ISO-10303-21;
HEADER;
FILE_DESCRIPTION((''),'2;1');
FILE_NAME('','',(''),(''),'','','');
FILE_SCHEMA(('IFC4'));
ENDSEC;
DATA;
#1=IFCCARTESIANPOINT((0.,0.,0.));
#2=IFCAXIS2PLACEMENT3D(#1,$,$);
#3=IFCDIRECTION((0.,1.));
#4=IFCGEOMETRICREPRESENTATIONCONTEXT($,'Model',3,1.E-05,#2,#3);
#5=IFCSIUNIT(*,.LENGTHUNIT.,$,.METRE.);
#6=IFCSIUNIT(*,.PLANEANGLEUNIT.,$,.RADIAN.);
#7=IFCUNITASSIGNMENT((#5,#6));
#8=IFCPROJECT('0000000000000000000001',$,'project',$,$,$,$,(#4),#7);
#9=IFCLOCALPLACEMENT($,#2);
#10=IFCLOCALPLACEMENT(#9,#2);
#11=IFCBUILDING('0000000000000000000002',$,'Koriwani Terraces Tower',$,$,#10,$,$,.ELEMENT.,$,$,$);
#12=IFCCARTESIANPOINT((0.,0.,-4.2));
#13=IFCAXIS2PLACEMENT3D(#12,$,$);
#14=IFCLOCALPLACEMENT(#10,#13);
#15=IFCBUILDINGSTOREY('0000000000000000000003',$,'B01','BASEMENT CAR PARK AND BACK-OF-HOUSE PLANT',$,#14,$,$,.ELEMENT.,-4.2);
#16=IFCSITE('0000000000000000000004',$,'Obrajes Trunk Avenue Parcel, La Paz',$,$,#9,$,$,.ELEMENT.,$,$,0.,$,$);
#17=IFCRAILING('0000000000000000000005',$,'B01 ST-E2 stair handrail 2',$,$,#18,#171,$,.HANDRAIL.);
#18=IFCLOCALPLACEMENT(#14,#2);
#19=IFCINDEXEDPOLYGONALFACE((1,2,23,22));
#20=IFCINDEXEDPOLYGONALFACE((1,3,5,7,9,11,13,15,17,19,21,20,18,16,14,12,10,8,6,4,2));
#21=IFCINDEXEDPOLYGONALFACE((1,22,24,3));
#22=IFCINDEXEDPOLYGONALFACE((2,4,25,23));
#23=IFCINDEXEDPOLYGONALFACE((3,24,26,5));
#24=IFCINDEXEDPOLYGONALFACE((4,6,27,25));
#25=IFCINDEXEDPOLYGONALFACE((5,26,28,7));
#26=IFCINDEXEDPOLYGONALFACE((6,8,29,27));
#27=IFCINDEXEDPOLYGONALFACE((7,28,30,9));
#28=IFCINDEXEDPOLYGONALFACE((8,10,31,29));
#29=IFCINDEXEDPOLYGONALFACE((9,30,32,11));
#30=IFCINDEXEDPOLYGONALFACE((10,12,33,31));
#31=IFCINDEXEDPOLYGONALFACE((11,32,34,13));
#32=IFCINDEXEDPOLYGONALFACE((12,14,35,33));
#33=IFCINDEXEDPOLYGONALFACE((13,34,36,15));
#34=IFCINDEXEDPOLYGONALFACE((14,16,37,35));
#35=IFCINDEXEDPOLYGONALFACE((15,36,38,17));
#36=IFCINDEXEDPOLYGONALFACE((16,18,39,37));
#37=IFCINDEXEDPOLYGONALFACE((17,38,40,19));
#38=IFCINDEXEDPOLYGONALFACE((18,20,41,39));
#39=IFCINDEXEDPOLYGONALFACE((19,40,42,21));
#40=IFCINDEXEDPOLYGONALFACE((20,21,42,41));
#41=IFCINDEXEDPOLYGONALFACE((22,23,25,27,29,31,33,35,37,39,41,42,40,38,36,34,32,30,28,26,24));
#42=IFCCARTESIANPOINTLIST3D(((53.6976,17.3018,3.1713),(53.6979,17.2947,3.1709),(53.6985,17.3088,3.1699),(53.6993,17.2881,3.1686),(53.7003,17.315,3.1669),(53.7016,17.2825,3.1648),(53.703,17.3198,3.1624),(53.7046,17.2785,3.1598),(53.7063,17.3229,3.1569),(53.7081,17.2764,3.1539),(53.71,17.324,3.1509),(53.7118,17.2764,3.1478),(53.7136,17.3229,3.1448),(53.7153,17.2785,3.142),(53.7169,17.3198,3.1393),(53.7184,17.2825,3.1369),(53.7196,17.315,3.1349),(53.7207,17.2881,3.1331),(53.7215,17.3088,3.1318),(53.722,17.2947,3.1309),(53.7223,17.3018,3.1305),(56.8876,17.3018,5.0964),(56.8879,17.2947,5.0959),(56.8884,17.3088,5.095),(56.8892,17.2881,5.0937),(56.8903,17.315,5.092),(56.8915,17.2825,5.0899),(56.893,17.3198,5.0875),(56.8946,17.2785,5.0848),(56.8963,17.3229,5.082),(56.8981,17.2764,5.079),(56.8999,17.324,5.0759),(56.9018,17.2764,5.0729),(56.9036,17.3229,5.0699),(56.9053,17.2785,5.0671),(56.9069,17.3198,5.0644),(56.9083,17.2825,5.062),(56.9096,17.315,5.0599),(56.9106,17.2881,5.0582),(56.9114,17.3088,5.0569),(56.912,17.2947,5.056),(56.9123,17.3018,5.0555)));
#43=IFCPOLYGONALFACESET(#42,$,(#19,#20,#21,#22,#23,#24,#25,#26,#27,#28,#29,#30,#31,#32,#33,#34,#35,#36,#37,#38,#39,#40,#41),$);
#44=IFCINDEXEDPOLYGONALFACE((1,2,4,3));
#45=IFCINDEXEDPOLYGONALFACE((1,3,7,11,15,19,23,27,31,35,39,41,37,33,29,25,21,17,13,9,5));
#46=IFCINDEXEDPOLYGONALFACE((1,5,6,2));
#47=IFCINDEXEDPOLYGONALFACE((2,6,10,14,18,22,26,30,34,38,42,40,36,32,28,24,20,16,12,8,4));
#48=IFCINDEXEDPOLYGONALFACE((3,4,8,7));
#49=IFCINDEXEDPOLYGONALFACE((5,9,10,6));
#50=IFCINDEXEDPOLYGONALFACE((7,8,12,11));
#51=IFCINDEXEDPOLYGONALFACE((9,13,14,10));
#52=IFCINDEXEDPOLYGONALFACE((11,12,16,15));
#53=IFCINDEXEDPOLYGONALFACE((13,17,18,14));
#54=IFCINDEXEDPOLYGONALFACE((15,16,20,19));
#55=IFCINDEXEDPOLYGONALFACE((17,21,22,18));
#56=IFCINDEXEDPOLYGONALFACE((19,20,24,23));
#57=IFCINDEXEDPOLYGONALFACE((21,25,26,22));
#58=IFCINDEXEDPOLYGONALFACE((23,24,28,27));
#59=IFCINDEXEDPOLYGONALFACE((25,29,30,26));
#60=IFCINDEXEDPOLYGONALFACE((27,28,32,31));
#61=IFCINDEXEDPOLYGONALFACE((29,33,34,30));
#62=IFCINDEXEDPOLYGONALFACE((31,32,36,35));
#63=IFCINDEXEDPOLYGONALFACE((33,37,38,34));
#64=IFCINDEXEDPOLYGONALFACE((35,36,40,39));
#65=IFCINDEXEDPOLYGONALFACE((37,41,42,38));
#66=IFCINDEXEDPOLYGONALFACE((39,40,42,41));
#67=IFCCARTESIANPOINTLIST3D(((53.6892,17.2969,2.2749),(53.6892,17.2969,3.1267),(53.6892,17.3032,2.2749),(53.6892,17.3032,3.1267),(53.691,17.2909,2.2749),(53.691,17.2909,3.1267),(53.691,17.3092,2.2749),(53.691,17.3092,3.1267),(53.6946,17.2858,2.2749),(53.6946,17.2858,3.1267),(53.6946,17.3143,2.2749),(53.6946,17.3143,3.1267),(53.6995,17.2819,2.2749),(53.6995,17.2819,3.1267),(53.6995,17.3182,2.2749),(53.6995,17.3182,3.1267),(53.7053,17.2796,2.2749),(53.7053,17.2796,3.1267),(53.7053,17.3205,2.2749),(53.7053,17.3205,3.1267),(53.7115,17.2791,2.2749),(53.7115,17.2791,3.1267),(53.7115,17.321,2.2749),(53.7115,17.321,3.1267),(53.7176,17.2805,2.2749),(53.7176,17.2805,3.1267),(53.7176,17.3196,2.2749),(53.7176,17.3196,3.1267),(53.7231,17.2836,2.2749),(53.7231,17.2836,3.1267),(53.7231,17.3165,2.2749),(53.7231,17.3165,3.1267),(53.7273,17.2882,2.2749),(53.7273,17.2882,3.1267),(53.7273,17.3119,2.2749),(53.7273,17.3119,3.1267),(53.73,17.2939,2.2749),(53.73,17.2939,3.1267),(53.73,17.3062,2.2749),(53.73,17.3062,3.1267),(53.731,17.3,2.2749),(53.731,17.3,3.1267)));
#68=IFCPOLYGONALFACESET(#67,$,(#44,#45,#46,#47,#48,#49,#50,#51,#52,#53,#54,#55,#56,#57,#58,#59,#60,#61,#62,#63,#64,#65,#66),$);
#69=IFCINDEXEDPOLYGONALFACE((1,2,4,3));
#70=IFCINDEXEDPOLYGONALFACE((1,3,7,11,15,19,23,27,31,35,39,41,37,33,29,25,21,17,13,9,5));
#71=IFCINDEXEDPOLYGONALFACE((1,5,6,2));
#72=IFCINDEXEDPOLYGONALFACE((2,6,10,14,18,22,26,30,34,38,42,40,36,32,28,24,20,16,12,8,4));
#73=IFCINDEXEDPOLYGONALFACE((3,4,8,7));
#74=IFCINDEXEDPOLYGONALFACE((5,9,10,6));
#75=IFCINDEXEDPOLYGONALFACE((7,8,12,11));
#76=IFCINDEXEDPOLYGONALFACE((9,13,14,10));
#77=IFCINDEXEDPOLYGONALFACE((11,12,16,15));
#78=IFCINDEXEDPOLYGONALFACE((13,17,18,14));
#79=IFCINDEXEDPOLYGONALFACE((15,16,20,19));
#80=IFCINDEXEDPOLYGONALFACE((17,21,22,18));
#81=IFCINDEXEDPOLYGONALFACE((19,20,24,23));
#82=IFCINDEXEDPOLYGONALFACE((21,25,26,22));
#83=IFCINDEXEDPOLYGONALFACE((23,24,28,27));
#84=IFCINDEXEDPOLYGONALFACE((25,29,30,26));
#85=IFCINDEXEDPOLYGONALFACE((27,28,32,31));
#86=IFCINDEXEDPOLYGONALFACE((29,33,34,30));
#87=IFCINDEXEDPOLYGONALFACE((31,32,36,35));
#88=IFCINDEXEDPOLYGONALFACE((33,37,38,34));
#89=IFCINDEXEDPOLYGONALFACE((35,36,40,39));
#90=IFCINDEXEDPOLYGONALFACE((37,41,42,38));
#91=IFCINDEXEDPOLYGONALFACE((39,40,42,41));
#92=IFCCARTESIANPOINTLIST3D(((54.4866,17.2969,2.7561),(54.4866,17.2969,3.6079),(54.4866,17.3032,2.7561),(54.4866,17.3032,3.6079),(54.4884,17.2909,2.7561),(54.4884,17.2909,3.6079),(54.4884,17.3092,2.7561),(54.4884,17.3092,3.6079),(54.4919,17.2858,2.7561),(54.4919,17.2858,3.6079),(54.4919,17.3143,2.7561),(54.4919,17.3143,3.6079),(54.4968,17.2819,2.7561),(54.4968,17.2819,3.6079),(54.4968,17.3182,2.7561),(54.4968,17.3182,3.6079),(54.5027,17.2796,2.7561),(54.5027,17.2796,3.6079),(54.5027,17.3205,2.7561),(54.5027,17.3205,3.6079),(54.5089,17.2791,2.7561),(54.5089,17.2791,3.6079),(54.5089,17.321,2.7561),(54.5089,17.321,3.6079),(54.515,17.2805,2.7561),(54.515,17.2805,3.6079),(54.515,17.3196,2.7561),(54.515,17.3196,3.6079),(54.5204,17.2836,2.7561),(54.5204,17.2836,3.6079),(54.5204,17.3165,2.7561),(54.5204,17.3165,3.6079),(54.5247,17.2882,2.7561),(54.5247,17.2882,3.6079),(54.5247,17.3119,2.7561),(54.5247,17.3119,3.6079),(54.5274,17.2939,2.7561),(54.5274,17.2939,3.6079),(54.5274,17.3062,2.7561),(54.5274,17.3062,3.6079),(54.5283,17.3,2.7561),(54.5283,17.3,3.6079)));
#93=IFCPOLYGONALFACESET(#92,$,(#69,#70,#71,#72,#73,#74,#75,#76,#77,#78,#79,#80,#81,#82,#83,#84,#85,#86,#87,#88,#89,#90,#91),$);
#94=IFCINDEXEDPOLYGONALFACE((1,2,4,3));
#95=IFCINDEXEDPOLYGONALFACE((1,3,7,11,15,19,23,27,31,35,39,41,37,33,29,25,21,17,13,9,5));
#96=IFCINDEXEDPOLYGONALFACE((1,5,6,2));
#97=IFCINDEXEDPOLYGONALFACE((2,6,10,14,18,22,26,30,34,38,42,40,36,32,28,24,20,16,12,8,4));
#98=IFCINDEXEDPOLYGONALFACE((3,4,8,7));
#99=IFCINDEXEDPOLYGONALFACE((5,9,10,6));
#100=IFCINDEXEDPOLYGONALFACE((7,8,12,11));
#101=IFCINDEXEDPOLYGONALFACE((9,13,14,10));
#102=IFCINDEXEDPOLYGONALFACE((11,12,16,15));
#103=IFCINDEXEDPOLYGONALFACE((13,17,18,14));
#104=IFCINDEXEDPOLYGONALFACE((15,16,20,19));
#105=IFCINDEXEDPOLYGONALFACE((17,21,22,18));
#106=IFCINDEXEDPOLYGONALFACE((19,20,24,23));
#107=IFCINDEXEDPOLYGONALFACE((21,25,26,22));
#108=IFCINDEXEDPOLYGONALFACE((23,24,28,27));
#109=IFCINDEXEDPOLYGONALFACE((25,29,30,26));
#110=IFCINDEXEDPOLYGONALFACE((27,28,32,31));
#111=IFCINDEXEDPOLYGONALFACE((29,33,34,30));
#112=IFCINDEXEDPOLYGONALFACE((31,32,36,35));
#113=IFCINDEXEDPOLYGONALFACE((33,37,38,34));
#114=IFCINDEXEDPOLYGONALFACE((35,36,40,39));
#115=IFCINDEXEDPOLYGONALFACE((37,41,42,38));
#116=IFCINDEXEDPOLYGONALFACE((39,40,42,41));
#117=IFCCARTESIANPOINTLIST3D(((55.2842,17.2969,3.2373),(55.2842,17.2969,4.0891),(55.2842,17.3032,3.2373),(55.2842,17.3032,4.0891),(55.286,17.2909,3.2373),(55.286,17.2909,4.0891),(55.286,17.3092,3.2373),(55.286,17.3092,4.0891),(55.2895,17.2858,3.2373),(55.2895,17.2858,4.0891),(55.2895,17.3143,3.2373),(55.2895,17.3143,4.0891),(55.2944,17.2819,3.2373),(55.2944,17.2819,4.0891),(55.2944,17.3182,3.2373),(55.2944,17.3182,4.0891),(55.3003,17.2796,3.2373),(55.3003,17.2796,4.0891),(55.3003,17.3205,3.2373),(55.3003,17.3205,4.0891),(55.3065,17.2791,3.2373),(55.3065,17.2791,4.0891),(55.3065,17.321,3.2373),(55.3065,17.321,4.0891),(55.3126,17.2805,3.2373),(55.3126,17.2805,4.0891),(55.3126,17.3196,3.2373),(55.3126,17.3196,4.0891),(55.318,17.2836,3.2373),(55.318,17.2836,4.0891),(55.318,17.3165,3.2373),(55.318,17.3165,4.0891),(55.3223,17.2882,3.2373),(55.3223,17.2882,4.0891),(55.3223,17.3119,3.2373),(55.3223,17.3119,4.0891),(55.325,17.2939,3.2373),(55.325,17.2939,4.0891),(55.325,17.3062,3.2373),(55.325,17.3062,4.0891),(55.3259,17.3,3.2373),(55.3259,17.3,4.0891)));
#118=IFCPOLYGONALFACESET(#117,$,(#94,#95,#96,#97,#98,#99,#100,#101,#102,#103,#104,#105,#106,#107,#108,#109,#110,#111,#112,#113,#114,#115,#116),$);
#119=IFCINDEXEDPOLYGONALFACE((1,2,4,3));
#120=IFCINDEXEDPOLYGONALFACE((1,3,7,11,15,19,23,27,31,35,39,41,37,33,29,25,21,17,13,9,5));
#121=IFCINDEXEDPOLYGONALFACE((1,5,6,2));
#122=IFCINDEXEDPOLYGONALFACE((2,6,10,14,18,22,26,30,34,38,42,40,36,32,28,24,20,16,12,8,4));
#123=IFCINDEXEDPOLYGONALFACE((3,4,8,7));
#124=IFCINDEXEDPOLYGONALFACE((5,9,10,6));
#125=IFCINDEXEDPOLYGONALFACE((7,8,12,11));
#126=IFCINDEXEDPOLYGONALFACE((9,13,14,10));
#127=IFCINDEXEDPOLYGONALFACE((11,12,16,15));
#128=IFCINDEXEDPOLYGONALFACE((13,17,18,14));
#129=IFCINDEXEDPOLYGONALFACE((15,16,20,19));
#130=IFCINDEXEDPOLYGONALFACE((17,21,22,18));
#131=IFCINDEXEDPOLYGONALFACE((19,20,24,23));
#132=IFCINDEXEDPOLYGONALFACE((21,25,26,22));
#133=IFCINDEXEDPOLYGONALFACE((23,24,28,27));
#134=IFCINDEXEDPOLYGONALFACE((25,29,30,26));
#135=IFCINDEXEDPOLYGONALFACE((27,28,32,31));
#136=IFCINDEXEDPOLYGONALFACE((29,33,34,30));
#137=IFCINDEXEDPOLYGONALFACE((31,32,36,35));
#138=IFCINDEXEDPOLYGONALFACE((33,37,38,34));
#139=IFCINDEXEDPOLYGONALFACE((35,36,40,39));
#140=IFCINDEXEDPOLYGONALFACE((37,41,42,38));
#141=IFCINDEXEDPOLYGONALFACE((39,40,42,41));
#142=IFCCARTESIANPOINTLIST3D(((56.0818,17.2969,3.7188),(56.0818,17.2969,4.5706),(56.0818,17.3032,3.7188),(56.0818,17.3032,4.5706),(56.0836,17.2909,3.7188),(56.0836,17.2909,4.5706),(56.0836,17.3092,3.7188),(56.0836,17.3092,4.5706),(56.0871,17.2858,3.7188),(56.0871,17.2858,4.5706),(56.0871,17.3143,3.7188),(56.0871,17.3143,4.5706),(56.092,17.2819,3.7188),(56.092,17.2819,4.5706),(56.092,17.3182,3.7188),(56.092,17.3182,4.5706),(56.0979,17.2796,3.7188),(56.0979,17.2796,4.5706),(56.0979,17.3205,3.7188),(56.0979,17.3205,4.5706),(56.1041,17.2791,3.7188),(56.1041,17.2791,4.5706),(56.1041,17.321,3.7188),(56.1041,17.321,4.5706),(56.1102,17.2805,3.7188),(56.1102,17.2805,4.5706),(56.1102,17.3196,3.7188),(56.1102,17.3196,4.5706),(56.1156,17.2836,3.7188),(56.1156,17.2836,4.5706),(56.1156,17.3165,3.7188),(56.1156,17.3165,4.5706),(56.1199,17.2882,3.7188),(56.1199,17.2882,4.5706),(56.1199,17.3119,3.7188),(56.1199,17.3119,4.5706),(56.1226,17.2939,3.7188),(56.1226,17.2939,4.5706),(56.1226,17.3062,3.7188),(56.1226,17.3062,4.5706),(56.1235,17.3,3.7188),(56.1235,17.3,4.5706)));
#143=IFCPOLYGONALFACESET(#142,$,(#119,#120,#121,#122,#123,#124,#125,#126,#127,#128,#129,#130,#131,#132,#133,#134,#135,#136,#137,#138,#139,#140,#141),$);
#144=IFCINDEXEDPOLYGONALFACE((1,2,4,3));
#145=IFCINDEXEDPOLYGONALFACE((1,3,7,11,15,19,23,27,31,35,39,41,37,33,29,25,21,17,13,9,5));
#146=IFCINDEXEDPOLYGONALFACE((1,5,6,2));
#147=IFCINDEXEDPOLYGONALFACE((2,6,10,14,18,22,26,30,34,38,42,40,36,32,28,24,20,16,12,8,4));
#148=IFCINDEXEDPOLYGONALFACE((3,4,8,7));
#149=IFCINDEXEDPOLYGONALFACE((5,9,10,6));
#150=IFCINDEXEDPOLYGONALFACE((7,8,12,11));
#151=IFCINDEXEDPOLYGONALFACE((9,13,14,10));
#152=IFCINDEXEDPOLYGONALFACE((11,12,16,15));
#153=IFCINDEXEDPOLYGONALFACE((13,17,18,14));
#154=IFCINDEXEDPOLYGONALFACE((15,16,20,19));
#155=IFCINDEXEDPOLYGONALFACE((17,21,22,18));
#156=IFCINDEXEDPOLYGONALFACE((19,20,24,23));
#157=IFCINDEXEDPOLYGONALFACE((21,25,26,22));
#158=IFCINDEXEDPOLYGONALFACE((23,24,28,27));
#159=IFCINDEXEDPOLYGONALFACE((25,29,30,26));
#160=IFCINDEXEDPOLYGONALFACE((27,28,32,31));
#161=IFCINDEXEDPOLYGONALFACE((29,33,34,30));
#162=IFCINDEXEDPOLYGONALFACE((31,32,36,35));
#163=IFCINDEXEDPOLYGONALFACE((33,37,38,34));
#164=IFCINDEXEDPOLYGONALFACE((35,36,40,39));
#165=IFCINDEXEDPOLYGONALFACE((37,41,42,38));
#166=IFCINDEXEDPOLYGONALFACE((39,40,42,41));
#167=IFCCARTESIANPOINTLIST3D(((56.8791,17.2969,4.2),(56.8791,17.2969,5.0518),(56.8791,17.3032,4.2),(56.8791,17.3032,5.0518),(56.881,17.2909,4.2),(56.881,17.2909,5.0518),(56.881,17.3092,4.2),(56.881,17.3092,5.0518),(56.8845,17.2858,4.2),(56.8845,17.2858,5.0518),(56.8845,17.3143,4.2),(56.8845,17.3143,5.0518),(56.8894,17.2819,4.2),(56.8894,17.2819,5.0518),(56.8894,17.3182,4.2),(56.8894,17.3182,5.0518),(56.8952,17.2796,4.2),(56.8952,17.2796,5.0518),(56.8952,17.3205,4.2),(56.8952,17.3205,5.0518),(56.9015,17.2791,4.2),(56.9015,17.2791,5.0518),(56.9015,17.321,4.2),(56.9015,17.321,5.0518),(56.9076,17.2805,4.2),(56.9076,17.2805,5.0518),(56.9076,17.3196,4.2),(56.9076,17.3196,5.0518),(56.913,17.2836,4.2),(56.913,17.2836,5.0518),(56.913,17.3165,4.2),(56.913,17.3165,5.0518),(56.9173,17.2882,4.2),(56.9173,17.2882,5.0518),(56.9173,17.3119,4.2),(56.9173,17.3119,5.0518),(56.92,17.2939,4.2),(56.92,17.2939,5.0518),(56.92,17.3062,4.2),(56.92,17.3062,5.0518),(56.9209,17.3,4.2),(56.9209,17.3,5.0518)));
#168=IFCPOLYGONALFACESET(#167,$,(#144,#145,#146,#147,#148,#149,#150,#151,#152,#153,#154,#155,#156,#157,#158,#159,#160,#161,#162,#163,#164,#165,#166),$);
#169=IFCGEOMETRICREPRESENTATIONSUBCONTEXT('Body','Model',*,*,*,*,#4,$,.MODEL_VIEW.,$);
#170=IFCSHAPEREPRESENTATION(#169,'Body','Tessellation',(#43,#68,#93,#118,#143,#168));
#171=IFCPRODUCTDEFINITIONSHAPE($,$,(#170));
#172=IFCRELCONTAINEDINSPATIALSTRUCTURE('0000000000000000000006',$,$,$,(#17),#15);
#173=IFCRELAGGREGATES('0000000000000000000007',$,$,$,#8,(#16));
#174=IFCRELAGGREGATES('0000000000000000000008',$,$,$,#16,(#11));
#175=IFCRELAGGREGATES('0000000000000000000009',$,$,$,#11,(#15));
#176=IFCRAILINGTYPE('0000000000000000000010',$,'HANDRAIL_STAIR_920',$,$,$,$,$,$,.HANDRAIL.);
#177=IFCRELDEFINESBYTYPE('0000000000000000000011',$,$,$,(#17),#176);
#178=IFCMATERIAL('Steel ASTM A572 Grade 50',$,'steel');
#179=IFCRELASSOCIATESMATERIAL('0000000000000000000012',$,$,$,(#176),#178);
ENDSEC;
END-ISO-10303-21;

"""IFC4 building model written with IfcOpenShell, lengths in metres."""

from ifc_helpers import new_model, si_unit, direction, frame, origin, origin_2d, place, context, subcontext, project, spatial, circle, extrude, material, type_object, element, save


model = new_model("IFC4")

# Units and contexts
model_context = context("Model", 3, precision=1e-05, world=origin(), true_north=direction((0.0, 1.0)))
body_context = subcontext(model_context, "Body", "Model", "MODEL_VIEW")
ifc_project = project(units=[si_unit("LENGTHUNIT", "METRE"), si_unit("PLANEANGLEUNIT", "RADIAN")], contexts=[model_context])

# Site, building, storey
site_placement = place(None, origin())
site = spatial("IfcSite", under=ifc_project, at=site_placement, Name="Obrajes Trunk Avenue Parcel, La Paz", CompositionType="ELEMENT", RefElevation=0.0)
building_placement = place(site_placement, origin())
building = spatial("IfcBuilding", under=site, at=building_placement, Name="Koriwani Terraces Tower", CompositionType="ELEMENT")
storey_placement = place(building_placement, frame((0.0, 0.0, -4.2)))
storey = spatial("IfcBuildingStorey", under=building, at=storey_placement, Name="B01", Description="BASEMENT CAR PARK AND BACK-OF-HOUSE PLANT", CompositionType="ELEMENT", Elevation=-4.2)

# Shared definitions
ifc_material_1 = material(Name="Steel ASTM A572 Grade 50", Category="steel")

# Railing
railing_type_1 = type_object("IfcRailingType", Name="HANDRAIL_STAIR_920", PredefinedType="HANDRAIL", material=ifc_material_1)
railing_1_placement = place(storey_placement, frame((53.71, 17.3, 2.2749)))
element("IfcRailing", 1, at=railing_1_placement, inside=storey, type_object=railing_type_1, Name="B01 ST-E2 stair handrail 2", PredefinedType="HANDRAIL", context=body_context, shape_type="SweptSolid", body=[
    extrude(circle(Radius=0.0239, at=origin_2d()), frame((0.0, 0.0, 0.876), z_axis=(0.856178, 0.0, 0.516682), x_axis=(0.0, 1.0, 0.0)), (0.0, 0.0, 1.0), 3.7258),
    extrude(circle(Radius=0.021, at=origin_2d()), origin(), (0.0, 0.0, 1.0), 0.8518),
    extrude(circle(Radius=0.021, at=origin_2d()), frame((0.7974, 0.0, 0.4812)), (0.0, 0.0, 1.0), 0.8518),
    extrude(circle(Radius=0.021, at=origin_2d()), frame((1.595, 0.0, 0.9624)), (0.0, 0.0, 1.0), 0.8518),
    extrude(circle(Radius=0.021, at=origin_2d()), frame((2.3926, 0.0, 1.4438)), (0.0, 0.0, 1.0), 0.8518),
    extrude(circle(Radius=0.021, at=origin_2d()), frame((3.1899, 0.0, 1.925)), (0.0, 0.0, 1.0), 0.8518),
])

save(model, "model.ifc")
